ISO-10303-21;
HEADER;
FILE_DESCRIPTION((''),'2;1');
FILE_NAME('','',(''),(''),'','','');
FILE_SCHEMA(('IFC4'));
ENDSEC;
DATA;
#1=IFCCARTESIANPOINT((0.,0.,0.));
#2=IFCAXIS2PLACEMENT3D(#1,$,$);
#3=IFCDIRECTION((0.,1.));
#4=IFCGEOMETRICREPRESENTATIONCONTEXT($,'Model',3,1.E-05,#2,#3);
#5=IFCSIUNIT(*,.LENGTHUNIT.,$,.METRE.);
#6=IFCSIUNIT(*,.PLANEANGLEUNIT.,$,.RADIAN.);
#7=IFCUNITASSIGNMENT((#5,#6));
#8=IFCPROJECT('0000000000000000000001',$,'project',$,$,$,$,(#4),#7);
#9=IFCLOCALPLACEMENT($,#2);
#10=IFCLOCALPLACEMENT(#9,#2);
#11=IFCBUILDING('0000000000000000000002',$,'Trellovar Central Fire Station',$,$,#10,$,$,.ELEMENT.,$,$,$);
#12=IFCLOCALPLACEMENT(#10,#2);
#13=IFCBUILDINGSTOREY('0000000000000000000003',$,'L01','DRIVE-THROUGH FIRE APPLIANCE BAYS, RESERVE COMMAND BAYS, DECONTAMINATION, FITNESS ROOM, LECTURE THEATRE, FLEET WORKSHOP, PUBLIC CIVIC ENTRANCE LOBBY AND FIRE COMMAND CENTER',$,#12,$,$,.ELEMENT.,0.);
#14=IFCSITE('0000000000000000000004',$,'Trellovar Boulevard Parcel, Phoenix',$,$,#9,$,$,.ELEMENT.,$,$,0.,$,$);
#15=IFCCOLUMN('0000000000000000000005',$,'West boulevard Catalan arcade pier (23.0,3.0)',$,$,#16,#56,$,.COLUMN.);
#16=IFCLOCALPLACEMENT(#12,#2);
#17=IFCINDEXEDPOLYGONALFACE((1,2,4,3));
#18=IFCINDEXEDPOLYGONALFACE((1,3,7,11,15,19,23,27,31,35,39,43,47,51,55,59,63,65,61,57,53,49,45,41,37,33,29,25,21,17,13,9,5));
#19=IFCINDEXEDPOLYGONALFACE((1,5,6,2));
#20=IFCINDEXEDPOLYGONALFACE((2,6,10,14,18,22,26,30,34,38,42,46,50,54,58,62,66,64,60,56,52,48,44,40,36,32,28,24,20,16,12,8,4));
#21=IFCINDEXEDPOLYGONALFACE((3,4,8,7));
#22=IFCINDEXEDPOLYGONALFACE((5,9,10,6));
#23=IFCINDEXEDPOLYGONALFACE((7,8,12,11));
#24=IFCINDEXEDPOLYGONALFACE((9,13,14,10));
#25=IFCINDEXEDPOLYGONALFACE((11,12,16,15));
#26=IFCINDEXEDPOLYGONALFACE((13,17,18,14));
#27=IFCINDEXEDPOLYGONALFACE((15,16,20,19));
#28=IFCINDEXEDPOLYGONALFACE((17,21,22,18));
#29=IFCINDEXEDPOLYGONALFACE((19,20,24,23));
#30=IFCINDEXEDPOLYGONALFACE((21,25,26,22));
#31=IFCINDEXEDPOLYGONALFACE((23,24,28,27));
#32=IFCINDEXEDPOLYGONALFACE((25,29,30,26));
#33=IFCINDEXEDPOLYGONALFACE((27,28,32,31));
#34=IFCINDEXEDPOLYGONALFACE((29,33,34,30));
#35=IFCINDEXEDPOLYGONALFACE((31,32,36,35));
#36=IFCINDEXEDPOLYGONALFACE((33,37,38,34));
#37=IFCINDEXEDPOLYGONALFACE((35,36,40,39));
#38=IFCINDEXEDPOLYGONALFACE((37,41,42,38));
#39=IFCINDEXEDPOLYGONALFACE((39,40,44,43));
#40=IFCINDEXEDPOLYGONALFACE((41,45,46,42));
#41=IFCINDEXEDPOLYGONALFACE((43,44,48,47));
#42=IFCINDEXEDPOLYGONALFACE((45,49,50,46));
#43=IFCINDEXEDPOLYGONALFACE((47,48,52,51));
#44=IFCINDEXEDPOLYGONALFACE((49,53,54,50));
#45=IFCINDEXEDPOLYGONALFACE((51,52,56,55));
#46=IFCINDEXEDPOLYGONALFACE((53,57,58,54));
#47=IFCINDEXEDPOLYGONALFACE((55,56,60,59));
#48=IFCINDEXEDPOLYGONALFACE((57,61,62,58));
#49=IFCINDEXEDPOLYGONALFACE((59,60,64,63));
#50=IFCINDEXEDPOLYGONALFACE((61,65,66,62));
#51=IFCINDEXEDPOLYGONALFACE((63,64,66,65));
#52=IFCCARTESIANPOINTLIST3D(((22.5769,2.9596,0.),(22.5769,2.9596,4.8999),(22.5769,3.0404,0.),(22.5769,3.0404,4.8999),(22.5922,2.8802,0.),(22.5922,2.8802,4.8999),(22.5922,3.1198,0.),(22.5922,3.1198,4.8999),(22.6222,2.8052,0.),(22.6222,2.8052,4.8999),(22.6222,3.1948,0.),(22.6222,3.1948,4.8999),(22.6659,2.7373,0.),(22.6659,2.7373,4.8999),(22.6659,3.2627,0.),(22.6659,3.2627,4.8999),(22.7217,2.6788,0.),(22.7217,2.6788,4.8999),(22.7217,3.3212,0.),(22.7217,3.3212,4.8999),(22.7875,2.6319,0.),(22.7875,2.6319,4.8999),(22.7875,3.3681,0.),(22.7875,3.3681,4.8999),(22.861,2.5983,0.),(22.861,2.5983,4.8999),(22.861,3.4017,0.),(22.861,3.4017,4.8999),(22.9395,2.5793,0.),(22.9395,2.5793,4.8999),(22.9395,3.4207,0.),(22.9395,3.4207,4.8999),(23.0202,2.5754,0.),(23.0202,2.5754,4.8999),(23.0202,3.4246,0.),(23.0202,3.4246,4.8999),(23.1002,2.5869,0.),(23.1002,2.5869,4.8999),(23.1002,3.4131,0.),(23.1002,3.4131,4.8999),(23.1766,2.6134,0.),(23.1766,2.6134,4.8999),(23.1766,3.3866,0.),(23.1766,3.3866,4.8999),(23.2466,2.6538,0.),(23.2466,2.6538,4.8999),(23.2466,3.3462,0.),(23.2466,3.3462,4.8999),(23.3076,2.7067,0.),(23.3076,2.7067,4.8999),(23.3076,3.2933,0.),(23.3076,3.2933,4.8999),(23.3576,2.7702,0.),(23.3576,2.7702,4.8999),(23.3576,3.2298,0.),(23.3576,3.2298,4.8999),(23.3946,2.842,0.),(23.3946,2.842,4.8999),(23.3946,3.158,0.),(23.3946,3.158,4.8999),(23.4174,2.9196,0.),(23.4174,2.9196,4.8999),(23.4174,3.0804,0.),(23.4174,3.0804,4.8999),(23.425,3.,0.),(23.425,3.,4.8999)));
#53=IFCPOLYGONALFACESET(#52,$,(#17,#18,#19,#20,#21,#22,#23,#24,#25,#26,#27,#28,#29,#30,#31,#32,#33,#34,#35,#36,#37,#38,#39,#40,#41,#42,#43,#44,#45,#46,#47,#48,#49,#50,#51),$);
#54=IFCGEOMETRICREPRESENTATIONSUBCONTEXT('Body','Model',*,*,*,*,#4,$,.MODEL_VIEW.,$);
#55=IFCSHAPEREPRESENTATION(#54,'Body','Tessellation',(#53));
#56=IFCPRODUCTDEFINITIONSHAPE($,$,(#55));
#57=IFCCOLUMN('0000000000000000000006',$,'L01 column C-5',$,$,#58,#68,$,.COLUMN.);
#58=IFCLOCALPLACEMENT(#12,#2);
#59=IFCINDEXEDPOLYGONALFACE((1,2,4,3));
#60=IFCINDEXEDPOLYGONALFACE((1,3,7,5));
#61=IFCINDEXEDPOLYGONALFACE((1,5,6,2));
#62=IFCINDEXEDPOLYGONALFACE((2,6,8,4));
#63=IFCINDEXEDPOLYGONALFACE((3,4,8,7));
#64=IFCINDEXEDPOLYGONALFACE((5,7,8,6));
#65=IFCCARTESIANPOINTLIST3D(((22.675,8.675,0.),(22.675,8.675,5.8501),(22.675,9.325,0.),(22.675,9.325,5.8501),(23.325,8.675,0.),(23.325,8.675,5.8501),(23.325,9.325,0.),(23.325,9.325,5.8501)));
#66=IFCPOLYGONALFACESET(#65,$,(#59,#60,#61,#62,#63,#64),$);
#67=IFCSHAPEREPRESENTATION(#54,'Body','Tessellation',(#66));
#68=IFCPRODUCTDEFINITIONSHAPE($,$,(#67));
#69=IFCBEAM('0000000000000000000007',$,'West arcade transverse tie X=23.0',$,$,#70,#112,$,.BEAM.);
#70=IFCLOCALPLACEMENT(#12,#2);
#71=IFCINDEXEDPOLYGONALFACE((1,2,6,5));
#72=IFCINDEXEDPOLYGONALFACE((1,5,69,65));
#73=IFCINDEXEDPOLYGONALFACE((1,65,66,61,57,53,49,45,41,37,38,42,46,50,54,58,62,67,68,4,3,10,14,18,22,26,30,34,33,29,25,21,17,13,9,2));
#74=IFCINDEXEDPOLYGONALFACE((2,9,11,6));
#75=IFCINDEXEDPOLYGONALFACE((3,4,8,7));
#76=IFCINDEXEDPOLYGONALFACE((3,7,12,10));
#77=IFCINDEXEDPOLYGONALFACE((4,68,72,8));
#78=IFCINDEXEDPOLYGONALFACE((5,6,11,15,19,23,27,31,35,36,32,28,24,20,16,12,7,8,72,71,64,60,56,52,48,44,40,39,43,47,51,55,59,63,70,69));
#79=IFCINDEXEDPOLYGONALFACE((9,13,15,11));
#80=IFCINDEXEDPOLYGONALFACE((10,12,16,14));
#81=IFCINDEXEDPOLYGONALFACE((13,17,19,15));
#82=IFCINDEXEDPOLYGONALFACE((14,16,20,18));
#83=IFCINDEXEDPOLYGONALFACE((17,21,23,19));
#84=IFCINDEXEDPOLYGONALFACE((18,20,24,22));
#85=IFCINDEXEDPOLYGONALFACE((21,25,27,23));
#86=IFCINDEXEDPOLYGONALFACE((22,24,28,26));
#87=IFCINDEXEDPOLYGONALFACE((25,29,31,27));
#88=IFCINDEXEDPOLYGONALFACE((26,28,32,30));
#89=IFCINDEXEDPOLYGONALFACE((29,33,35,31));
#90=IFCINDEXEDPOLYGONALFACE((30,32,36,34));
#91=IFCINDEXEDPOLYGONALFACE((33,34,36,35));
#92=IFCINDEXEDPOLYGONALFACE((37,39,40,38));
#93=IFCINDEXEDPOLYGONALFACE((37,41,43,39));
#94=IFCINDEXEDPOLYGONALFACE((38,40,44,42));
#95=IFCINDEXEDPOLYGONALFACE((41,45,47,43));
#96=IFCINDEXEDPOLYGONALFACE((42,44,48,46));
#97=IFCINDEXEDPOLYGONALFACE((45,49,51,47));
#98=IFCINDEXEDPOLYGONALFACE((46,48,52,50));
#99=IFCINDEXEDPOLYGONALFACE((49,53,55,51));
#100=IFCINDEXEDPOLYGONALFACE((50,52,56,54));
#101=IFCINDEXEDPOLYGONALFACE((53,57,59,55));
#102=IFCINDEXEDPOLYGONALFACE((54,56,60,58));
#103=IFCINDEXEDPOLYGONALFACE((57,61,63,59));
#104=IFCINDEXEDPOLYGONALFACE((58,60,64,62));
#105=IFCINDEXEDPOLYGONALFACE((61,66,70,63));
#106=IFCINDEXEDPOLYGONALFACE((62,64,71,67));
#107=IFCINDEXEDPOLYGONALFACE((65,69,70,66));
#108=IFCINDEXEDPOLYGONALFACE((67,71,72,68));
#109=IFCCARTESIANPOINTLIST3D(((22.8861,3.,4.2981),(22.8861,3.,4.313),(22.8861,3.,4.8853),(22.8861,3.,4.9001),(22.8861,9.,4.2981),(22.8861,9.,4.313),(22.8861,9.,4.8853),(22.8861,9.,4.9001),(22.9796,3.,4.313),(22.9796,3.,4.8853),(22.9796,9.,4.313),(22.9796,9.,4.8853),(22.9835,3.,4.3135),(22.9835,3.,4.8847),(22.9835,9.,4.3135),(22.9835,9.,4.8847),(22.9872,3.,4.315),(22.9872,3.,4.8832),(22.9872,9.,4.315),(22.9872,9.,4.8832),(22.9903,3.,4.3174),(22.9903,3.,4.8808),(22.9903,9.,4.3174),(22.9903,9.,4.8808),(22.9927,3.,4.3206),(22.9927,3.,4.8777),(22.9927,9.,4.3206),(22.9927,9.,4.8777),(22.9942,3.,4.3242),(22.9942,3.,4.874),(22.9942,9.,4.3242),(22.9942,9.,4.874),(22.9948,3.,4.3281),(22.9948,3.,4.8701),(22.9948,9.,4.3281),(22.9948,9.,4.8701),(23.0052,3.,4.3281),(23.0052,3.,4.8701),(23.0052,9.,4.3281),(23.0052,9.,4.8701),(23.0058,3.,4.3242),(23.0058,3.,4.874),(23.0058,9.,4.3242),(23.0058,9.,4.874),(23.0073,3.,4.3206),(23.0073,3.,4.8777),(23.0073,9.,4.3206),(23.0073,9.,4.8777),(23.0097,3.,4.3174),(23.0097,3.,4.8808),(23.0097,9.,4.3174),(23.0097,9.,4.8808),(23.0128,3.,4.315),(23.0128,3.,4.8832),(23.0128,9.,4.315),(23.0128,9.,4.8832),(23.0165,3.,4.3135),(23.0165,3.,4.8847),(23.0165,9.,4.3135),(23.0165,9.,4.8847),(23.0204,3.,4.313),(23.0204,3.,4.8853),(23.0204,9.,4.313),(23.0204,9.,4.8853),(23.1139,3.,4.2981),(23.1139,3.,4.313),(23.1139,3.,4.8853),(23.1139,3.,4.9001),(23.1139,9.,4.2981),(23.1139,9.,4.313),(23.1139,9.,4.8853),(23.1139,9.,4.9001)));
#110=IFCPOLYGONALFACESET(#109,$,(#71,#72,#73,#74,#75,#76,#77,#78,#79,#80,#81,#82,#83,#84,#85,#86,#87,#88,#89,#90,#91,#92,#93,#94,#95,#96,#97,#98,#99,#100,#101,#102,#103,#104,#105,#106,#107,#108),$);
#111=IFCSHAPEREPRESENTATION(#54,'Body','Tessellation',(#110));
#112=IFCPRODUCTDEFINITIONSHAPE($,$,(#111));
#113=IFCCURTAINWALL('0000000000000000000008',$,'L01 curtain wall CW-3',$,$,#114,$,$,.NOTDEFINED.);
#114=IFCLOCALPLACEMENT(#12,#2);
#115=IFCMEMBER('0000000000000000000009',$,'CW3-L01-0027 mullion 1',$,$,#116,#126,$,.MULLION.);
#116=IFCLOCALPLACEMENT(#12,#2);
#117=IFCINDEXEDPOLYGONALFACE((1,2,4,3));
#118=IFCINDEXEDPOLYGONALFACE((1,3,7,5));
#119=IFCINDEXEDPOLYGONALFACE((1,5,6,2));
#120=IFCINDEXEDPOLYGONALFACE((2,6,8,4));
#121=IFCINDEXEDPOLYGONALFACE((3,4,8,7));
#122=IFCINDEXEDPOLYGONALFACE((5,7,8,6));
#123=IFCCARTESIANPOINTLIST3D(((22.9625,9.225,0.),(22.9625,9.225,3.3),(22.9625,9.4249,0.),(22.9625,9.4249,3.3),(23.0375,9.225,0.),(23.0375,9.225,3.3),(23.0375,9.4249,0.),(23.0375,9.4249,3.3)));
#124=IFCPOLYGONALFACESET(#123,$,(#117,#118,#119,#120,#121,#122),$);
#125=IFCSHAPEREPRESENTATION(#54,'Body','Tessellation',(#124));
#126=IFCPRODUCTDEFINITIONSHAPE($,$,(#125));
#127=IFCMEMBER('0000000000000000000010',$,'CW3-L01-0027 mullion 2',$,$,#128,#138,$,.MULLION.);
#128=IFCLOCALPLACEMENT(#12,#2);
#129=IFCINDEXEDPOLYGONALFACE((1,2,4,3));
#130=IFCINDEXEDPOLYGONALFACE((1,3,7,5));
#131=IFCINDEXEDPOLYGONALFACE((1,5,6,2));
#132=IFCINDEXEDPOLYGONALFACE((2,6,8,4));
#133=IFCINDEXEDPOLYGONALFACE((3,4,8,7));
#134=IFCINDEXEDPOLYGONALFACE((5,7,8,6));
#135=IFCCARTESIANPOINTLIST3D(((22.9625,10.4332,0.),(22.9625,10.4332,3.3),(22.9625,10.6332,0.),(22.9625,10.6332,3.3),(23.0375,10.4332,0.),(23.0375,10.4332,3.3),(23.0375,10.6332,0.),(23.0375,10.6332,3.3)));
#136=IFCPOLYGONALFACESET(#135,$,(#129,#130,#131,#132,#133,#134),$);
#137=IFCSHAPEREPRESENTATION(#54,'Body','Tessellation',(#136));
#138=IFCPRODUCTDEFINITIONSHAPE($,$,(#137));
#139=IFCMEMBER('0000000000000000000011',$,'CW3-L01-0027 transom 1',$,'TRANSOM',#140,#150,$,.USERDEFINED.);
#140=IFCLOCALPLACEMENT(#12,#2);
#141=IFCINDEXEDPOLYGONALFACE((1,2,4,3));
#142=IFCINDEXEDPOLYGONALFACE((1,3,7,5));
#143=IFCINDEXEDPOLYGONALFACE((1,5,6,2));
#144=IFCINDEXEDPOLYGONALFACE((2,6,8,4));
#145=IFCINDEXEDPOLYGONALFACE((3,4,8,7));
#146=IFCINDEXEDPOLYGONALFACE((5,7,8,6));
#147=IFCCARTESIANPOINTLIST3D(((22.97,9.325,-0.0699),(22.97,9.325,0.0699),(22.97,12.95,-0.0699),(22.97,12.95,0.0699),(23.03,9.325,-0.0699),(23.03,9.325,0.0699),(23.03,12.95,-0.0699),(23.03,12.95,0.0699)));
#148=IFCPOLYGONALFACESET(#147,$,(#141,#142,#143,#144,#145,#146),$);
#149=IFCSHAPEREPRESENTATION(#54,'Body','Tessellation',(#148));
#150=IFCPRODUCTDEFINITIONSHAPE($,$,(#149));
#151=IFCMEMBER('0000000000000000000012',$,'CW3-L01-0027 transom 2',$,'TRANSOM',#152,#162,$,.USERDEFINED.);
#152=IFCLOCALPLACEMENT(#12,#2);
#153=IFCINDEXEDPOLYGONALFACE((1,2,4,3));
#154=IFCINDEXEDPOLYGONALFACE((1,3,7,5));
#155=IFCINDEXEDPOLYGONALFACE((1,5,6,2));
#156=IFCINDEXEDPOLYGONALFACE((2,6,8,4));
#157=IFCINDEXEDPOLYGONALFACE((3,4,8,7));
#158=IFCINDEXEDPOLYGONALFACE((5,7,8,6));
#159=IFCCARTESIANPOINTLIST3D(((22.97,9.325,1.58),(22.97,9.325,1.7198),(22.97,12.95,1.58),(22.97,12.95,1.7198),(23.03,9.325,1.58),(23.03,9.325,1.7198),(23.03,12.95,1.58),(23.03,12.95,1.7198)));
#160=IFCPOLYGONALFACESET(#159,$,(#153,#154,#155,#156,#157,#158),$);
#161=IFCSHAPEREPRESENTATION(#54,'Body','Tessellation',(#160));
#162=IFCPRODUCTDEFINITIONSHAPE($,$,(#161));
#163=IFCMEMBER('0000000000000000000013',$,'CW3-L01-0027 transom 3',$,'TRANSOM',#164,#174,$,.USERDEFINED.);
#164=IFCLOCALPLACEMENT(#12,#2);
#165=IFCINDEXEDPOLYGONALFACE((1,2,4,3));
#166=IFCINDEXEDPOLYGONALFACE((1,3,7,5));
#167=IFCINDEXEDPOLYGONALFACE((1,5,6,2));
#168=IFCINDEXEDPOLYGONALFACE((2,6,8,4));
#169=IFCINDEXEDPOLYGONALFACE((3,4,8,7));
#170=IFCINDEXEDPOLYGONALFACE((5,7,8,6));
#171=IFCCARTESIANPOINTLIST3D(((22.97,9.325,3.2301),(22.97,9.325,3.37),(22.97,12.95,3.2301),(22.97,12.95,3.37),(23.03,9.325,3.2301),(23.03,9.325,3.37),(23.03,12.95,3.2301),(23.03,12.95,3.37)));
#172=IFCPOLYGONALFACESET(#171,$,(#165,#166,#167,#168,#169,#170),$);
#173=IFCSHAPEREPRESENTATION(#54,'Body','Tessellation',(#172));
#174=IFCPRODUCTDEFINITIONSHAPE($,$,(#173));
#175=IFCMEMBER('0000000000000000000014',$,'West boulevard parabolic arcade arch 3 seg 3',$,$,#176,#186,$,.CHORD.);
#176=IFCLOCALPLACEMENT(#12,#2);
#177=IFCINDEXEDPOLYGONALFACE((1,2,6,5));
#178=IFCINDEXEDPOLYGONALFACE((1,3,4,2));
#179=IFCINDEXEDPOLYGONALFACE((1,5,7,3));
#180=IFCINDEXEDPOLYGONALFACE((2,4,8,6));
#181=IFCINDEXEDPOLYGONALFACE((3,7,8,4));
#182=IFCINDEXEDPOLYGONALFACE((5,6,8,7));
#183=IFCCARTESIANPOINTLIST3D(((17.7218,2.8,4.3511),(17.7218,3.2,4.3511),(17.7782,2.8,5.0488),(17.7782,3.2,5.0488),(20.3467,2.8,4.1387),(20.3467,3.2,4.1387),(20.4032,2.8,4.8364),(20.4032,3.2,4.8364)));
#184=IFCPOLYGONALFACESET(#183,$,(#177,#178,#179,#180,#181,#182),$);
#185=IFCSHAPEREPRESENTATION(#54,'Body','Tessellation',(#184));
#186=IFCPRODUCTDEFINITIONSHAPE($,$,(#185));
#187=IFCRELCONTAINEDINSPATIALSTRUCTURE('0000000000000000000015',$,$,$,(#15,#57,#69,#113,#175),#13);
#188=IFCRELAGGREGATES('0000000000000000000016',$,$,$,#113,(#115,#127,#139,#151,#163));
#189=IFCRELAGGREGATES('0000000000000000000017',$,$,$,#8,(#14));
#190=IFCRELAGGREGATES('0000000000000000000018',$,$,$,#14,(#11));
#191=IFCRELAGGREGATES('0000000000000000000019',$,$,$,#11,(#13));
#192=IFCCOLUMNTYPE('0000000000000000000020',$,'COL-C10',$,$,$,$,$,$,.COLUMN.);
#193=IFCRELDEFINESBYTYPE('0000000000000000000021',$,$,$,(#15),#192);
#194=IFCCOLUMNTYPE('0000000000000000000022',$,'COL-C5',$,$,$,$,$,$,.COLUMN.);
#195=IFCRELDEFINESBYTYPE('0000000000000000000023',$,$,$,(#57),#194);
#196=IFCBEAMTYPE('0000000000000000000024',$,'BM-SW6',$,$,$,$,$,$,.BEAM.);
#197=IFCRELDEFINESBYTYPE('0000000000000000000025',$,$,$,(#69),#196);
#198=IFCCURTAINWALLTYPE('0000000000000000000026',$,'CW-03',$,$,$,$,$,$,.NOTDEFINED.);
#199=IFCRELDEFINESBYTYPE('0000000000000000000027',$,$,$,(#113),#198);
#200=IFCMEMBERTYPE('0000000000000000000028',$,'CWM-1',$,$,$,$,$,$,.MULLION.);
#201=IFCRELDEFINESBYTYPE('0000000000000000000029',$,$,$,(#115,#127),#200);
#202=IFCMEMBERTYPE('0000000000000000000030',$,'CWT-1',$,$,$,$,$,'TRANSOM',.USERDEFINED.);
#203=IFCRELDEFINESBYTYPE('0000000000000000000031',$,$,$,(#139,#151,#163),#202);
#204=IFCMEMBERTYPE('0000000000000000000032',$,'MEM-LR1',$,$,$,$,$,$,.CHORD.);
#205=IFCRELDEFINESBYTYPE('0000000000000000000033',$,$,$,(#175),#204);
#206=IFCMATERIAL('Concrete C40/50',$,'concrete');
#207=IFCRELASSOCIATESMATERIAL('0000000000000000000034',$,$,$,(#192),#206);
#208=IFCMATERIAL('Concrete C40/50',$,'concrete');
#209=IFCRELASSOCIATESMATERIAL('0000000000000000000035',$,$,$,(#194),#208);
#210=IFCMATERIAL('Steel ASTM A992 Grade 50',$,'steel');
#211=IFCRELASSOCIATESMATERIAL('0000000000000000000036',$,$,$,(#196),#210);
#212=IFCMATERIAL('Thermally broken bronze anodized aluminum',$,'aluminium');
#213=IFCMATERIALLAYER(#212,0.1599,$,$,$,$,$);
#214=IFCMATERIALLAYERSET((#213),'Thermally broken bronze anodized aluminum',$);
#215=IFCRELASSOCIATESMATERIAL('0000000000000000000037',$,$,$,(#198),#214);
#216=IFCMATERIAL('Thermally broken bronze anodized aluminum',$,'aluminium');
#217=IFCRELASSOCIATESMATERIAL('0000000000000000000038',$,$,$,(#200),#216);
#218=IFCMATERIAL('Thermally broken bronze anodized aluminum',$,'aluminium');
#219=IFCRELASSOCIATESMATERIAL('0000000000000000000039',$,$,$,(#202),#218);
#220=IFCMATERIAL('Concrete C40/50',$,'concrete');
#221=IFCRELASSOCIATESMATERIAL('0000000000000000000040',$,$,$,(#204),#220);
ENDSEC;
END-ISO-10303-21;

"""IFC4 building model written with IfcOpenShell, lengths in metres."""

from ifc_helpers import new_model, si_unit, direction, frame, origin, origin_2d, place, context, subcontext, project, spatial, rectangle, circle, i_section, extrude, material, layer, layer_set, material_profile, profile_set, type_object, element, aggregate, save


model = new_model("IFC4")

# Units and contexts
model_context = context("Model", 3, precision=1e-05, world=origin(), true_north=direction((0.0, 1.0)))
body_context = subcontext(model_context, "Body", "Model", "MODEL_VIEW")
ifc_project = project(units=[si_unit("LENGTHUNIT", "METRE"), si_unit("PLANEANGLEUNIT", "RADIAN")], contexts=[model_context])

# Site, building, storey
site_placement = place(None, origin())
site = spatial("IfcSite", under=ifc_project, at=site_placement, Name="Trellovar Boulevard Parcel, Phoenix", CompositionType="ELEMENT", RefElevation=0.0)
building_placement = place(site_placement, origin())
building = spatial("IfcBuilding", under=site, at=building_placement, Name="Trellovar Central Fire Station", CompositionType="ELEMENT")
storey_placement = place(building_placement, origin())
storey = spatial("IfcBuildingStorey", under=building, at=storey_placement, Name="L01", Description="DRIVE-THROUGH FIRE APPLIANCE BAYS, RESERVE COMMAND BAYS, DECONTAMINATION, FITNESS ROOM, LECTURE THEATRE, FLEET WORKSHOP, PUBLIC CIVIC ENTRANCE LOBBY AND FIRE COMMAND CENTER", CompositionType="ELEMENT", Elevation=0.0)

# Columns
ifc_material_1 = material(Name="Concrete C40/50", Category="concrete")
ifc_material_profile_1 = material_profile(ifc_material_1, circle(Radius=0.425, at=origin_2d()), Name="RCD850")
ifc_profile_set_1 = profile_set([ifc_material_profile_1], Name="Concrete C40/50")
column_type_1 = type_object("IfcColumnType", Name="COL-C10", PredefinedType="COLUMN", material=ifc_profile_set_1)
column_1_placement = place(storey_placement, frame((23.0, 3.0, 0.0), z_axis=(0.0, 0.0, 1.0), x_axis=(1.0, 0.0, 0.0)))
element("IfcColumn", 1, at=column_1_placement, inside=storey, type_object=column_type_1, Name="West boulevard Catalan arcade pier (23.0,3.0)", PredefinedType="COLUMN", context=body_context, shape_type="SweptSolid", body=[
    extrude(circle(Radius=0.425, at=origin_2d()), origin(), (0.0, 0.0, 1.0), 4.8999),
])
ifc_material_2 = material(Name="Concrete C40/50", Category="concrete")
ifc_material_profile_2 = material_profile(ifc_material_2, rectangle(XDim=0.6499, YDim=0.6499, at=origin_2d()), Name="RC650X650")
ifc_profile_set_2 = profile_set([ifc_material_profile_2], Name="Concrete C40/50")
column_type_2 = type_object("IfcColumnType", Name="COL-C5", PredefinedType="COLUMN", material=ifc_profile_set_2)
column_2_placement = place(storey_placement, frame((23.0, 9.0, 0.0), z_axis=(0.0, 0.0, 1.0), x_axis=(1.0, 0.0, 0.0)))
element("IfcColumn", 2, at=column_2_placement, inside=storey, type_object=column_type_2, Name="L01 column C-5", PredefinedType="COLUMN", context=body_context, shape_type="SweptSolid", body=[
    extrude(rectangle(XDim=0.6499, YDim=0.6499, at=origin_2d()), origin(), (0.0, 0.0, 1.0), 5.8501),
])

# Beam
ifc_material_3 = material(Name="Steel ASTM A992 Grade 50", Category="steel")
ifc_material_profile_3 = material_profile(ifc_material_3, i_section(OverallWidth=0.2278, OverallDepth=0.6021, WebThickness=0.0105, FlangeThickness=0.0149, FilletRadius=0.0151, at=origin_2d()), Name="W24X68")
ifc_profile_set_3 = profile_set([ifc_material_profile_3], Name="Steel ASTM A992 Grade 50")
beam_type = type_object("IfcBeamType", Name="BM-SW6", PredefinedType="BEAM", material=ifc_profile_set_3)
beam_placement = place(storey_placement, frame((23.0, 3.0, 4.5991), z_axis=(0.0, 1.0, 0.0), x_axis=(-1.0, 0.0, 0.0)))
element("IfcBeam", 3, at=beam_placement, inside=storey, type_object=beam_type, Name="West arcade transverse tie X=23.0", PredefinedType="BEAM", context=body_context, shape_type="SweptSolid", body=[
    extrude(i_section(OverallWidth=0.2278, OverallDepth=0.6021, WebThickness=0.0105, FlangeThickness=0.0149, FilletRadius=0.0151, at=origin_2d()), origin(), (0.0, 0.0, 1.0), 6.0),
])

# Curtain wall, members
ifc_material_4 = material(Name="Thermally broken bronze anodized aluminum", Category="aluminium")
ifc_layer_1 = layer(ifc_material_4, 0.1599)
ifc_layer_set_1 = layer_set([ifc_layer_1], Name="Thermally broken bronze anodized aluminum")
curtain_wall_type = type_object("IfcCurtainWallType", Name="CW-03", PredefinedType="NOTDEFINED", material=ifc_layer_set_1)
curtain_wall_placement = place(storey_placement, origin())
curtain_wall = element("IfcCurtainWall", 4, at=curtain_wall_placement, inside=storey, type_object=curtain_wall_type, Name="L01 curtain wall CW-3", PredefinedType="NOTDEFINED")
ifc_material_5 = material(Name="Thermally broken bronze anodized aluminum", Category="aluminium")
ifc_material_profile_4 = material_profile(ifc_material_5, rectangle(XDim=0.075, YDim=0.2, at=origin_2d()), Name="ALU75X200")
ifc_profile_set_4 = profile_set([ifc_material_profile_4], Name="Thermally broken bronze anodized aluminum")
member_type_1 = type_object("IfcMemberType", Name="CWM-1", PredefinedType="MULLION", material=ifc_profile_set_4)
member_1_placement = place(storey_placement, frame((23.0, 9.325, 0.0), z_axis=(0.0, 0.0, 1.0), x_axis=(1.0, 0.0, 0.0)))
member_1 = element("IfcMember", 5, at=member_1_placement, type_object=member_type_1, Name="CW3-L01-0027 mullion 1", PredefinedType="MULLION", context=body_context, shape_type="SweptSolid", body=[
    extrude(rectangle(XDim=0.075, YDim=0.2, at=origin_2d()), origin(), (0.0, 0.0, 1.0), 3.3),
])
member_2_placement = place(storey_placement, frame((23.0, 10.5332, 0.0), z_axis=(0.0, 0.0, 1.0), x_axis=(1.0, 0.0, 0.0)))
member_2 = element("IfcMember", 6, at=member_2_placement, type_object=member_type_1, Name="CW3-L01-0027 mullion 2", PredefinedType="MULLION", context=body_context, shape_type="SweptSolid", body=[
    extrude(rectangle(XDim=0.075, YDim=0.2, at=origin_2d()), origin(), (0.0, 0.0, 1.0), 3.3),
])
ifc_material_6 = material(Name="Thermally broken bronze anodized aluminum", Category="aluminium")
ifc_material_profile_5 = material_profile(ifc_material_6, rectangle(XDim=0.0601, YDim=0.1399, at=origin_2d()), Name="ALU60X140")
ifc_profile_set_5 = profile_set([ifc_material_profile_5], Name="Thermally broken bronze anodized aluminum")
member_type_2 = type_object("IfcMemberType", Name="CWT-1", ElementType="TRANSOM", PredefinedType="USERDEFINED", material=ifc_profile_set_5)
member_3_placement = place(storey_placement, frame((23.0, 9.325, 0.0), z_axis=(0.0, 1.0, 0.0), x_axis=(-1.0, 0.0, 0.0)))
member_3 = element("IfcMember", 7, at=member_3_placement, type_object=member_type_2, Name="CW3-L01-0027 transom 1", ObjectType="TRANSOM", PredefinedType="USERDEFINED", context=body_context, shape_type="SweptSolid", body=[
    extrude(rectangle(XDim=0.0601, YDim=0.1399, at=origin_2d()), origin(), (0.0, 0.0, 1.0), 3.625),
])
member_4_placement = place(storey_placement, frame((23.0, 9.325, 1.6499), z_axis=(0.0, 1.0, 0.0), x_axis=(-1.0, 0.0, 0.0)))
member_4 = element("IfcMember", 8, at=member_4_placement, type_object=member_type_2, Name="CW3-L01-0027 transom 2", ObjectType="TRANSOM", PredefinedType="USERDEFINED", context=body_context, shape_type="SweptSolid", body=[
    extrude(rectangle(XDim=0.0601, YDim=0.1399, at=origin_2d()), origin(), (0.0, 0.0, 1.0), 3.625),
])
member_5_placement = place(storey_placement, frame((23.0, 9.325, 3.3), z_axis=(0.0, 1.0, 0.0), x_axis=(-1.0, 0.0, 0.0)))
member_5 = element("IfcMember", 9, at=member_5_placement, type_object=member_type_2, Name="CW3-L01-0027 transom 3", ObjectType="TRANSOM", PredefinedType="USERDEFINED", context=body_context, shape_type="SweptSolid", body=[
    extrude(rectangle(XDim=0.0601, YDim=0.1399, at=origin_2d()), origin(), (0.0, 0.0, 1.0), 3.625),
])

# Member
ifc_material_7 = material(Name="Concrete C40/50", Category="concrete")
ifc_material_profile_6 = material_profile(ifc_material_7, rectangle(XDim=0.3999, YDim=0.7, at=origin_2d()), Name="RC400X700")
ifc_profile_set_6 = profile_set([ifc_material_profile_6], Name="Concrete C40/50")
member_type_3 = type_object("IfcMemberType", Name="MEM-LR1", PredefinedType="CHORD", material=ifc_profile_set_6)
member_6_placement = place(storey_placement, frame((17.75, 3.0, 4.7), z_axis=(0.996742, 0.0, -0.080652), x_axis=(0.0, 1.0, 0.0)))
element("IfcMember", 10, at=member_6_placement, inside=storey, type_object=member_type_3, Name="West boulevard parabolic arcade arch 3 seg 3", PredefinedType="CHORD", context=body_context, shape_type="SweptSolid", body=[
    extrude(rectangle(XDim=0.3999, YDim=0.7, at=origin_2d()), origin(), (0.0, 0.0, 1.0), 2.6335),
])

aggregate(curtain_wall, [member_1, member_2, member_3, member_4, member_5])

save(model, "model.ifc")
